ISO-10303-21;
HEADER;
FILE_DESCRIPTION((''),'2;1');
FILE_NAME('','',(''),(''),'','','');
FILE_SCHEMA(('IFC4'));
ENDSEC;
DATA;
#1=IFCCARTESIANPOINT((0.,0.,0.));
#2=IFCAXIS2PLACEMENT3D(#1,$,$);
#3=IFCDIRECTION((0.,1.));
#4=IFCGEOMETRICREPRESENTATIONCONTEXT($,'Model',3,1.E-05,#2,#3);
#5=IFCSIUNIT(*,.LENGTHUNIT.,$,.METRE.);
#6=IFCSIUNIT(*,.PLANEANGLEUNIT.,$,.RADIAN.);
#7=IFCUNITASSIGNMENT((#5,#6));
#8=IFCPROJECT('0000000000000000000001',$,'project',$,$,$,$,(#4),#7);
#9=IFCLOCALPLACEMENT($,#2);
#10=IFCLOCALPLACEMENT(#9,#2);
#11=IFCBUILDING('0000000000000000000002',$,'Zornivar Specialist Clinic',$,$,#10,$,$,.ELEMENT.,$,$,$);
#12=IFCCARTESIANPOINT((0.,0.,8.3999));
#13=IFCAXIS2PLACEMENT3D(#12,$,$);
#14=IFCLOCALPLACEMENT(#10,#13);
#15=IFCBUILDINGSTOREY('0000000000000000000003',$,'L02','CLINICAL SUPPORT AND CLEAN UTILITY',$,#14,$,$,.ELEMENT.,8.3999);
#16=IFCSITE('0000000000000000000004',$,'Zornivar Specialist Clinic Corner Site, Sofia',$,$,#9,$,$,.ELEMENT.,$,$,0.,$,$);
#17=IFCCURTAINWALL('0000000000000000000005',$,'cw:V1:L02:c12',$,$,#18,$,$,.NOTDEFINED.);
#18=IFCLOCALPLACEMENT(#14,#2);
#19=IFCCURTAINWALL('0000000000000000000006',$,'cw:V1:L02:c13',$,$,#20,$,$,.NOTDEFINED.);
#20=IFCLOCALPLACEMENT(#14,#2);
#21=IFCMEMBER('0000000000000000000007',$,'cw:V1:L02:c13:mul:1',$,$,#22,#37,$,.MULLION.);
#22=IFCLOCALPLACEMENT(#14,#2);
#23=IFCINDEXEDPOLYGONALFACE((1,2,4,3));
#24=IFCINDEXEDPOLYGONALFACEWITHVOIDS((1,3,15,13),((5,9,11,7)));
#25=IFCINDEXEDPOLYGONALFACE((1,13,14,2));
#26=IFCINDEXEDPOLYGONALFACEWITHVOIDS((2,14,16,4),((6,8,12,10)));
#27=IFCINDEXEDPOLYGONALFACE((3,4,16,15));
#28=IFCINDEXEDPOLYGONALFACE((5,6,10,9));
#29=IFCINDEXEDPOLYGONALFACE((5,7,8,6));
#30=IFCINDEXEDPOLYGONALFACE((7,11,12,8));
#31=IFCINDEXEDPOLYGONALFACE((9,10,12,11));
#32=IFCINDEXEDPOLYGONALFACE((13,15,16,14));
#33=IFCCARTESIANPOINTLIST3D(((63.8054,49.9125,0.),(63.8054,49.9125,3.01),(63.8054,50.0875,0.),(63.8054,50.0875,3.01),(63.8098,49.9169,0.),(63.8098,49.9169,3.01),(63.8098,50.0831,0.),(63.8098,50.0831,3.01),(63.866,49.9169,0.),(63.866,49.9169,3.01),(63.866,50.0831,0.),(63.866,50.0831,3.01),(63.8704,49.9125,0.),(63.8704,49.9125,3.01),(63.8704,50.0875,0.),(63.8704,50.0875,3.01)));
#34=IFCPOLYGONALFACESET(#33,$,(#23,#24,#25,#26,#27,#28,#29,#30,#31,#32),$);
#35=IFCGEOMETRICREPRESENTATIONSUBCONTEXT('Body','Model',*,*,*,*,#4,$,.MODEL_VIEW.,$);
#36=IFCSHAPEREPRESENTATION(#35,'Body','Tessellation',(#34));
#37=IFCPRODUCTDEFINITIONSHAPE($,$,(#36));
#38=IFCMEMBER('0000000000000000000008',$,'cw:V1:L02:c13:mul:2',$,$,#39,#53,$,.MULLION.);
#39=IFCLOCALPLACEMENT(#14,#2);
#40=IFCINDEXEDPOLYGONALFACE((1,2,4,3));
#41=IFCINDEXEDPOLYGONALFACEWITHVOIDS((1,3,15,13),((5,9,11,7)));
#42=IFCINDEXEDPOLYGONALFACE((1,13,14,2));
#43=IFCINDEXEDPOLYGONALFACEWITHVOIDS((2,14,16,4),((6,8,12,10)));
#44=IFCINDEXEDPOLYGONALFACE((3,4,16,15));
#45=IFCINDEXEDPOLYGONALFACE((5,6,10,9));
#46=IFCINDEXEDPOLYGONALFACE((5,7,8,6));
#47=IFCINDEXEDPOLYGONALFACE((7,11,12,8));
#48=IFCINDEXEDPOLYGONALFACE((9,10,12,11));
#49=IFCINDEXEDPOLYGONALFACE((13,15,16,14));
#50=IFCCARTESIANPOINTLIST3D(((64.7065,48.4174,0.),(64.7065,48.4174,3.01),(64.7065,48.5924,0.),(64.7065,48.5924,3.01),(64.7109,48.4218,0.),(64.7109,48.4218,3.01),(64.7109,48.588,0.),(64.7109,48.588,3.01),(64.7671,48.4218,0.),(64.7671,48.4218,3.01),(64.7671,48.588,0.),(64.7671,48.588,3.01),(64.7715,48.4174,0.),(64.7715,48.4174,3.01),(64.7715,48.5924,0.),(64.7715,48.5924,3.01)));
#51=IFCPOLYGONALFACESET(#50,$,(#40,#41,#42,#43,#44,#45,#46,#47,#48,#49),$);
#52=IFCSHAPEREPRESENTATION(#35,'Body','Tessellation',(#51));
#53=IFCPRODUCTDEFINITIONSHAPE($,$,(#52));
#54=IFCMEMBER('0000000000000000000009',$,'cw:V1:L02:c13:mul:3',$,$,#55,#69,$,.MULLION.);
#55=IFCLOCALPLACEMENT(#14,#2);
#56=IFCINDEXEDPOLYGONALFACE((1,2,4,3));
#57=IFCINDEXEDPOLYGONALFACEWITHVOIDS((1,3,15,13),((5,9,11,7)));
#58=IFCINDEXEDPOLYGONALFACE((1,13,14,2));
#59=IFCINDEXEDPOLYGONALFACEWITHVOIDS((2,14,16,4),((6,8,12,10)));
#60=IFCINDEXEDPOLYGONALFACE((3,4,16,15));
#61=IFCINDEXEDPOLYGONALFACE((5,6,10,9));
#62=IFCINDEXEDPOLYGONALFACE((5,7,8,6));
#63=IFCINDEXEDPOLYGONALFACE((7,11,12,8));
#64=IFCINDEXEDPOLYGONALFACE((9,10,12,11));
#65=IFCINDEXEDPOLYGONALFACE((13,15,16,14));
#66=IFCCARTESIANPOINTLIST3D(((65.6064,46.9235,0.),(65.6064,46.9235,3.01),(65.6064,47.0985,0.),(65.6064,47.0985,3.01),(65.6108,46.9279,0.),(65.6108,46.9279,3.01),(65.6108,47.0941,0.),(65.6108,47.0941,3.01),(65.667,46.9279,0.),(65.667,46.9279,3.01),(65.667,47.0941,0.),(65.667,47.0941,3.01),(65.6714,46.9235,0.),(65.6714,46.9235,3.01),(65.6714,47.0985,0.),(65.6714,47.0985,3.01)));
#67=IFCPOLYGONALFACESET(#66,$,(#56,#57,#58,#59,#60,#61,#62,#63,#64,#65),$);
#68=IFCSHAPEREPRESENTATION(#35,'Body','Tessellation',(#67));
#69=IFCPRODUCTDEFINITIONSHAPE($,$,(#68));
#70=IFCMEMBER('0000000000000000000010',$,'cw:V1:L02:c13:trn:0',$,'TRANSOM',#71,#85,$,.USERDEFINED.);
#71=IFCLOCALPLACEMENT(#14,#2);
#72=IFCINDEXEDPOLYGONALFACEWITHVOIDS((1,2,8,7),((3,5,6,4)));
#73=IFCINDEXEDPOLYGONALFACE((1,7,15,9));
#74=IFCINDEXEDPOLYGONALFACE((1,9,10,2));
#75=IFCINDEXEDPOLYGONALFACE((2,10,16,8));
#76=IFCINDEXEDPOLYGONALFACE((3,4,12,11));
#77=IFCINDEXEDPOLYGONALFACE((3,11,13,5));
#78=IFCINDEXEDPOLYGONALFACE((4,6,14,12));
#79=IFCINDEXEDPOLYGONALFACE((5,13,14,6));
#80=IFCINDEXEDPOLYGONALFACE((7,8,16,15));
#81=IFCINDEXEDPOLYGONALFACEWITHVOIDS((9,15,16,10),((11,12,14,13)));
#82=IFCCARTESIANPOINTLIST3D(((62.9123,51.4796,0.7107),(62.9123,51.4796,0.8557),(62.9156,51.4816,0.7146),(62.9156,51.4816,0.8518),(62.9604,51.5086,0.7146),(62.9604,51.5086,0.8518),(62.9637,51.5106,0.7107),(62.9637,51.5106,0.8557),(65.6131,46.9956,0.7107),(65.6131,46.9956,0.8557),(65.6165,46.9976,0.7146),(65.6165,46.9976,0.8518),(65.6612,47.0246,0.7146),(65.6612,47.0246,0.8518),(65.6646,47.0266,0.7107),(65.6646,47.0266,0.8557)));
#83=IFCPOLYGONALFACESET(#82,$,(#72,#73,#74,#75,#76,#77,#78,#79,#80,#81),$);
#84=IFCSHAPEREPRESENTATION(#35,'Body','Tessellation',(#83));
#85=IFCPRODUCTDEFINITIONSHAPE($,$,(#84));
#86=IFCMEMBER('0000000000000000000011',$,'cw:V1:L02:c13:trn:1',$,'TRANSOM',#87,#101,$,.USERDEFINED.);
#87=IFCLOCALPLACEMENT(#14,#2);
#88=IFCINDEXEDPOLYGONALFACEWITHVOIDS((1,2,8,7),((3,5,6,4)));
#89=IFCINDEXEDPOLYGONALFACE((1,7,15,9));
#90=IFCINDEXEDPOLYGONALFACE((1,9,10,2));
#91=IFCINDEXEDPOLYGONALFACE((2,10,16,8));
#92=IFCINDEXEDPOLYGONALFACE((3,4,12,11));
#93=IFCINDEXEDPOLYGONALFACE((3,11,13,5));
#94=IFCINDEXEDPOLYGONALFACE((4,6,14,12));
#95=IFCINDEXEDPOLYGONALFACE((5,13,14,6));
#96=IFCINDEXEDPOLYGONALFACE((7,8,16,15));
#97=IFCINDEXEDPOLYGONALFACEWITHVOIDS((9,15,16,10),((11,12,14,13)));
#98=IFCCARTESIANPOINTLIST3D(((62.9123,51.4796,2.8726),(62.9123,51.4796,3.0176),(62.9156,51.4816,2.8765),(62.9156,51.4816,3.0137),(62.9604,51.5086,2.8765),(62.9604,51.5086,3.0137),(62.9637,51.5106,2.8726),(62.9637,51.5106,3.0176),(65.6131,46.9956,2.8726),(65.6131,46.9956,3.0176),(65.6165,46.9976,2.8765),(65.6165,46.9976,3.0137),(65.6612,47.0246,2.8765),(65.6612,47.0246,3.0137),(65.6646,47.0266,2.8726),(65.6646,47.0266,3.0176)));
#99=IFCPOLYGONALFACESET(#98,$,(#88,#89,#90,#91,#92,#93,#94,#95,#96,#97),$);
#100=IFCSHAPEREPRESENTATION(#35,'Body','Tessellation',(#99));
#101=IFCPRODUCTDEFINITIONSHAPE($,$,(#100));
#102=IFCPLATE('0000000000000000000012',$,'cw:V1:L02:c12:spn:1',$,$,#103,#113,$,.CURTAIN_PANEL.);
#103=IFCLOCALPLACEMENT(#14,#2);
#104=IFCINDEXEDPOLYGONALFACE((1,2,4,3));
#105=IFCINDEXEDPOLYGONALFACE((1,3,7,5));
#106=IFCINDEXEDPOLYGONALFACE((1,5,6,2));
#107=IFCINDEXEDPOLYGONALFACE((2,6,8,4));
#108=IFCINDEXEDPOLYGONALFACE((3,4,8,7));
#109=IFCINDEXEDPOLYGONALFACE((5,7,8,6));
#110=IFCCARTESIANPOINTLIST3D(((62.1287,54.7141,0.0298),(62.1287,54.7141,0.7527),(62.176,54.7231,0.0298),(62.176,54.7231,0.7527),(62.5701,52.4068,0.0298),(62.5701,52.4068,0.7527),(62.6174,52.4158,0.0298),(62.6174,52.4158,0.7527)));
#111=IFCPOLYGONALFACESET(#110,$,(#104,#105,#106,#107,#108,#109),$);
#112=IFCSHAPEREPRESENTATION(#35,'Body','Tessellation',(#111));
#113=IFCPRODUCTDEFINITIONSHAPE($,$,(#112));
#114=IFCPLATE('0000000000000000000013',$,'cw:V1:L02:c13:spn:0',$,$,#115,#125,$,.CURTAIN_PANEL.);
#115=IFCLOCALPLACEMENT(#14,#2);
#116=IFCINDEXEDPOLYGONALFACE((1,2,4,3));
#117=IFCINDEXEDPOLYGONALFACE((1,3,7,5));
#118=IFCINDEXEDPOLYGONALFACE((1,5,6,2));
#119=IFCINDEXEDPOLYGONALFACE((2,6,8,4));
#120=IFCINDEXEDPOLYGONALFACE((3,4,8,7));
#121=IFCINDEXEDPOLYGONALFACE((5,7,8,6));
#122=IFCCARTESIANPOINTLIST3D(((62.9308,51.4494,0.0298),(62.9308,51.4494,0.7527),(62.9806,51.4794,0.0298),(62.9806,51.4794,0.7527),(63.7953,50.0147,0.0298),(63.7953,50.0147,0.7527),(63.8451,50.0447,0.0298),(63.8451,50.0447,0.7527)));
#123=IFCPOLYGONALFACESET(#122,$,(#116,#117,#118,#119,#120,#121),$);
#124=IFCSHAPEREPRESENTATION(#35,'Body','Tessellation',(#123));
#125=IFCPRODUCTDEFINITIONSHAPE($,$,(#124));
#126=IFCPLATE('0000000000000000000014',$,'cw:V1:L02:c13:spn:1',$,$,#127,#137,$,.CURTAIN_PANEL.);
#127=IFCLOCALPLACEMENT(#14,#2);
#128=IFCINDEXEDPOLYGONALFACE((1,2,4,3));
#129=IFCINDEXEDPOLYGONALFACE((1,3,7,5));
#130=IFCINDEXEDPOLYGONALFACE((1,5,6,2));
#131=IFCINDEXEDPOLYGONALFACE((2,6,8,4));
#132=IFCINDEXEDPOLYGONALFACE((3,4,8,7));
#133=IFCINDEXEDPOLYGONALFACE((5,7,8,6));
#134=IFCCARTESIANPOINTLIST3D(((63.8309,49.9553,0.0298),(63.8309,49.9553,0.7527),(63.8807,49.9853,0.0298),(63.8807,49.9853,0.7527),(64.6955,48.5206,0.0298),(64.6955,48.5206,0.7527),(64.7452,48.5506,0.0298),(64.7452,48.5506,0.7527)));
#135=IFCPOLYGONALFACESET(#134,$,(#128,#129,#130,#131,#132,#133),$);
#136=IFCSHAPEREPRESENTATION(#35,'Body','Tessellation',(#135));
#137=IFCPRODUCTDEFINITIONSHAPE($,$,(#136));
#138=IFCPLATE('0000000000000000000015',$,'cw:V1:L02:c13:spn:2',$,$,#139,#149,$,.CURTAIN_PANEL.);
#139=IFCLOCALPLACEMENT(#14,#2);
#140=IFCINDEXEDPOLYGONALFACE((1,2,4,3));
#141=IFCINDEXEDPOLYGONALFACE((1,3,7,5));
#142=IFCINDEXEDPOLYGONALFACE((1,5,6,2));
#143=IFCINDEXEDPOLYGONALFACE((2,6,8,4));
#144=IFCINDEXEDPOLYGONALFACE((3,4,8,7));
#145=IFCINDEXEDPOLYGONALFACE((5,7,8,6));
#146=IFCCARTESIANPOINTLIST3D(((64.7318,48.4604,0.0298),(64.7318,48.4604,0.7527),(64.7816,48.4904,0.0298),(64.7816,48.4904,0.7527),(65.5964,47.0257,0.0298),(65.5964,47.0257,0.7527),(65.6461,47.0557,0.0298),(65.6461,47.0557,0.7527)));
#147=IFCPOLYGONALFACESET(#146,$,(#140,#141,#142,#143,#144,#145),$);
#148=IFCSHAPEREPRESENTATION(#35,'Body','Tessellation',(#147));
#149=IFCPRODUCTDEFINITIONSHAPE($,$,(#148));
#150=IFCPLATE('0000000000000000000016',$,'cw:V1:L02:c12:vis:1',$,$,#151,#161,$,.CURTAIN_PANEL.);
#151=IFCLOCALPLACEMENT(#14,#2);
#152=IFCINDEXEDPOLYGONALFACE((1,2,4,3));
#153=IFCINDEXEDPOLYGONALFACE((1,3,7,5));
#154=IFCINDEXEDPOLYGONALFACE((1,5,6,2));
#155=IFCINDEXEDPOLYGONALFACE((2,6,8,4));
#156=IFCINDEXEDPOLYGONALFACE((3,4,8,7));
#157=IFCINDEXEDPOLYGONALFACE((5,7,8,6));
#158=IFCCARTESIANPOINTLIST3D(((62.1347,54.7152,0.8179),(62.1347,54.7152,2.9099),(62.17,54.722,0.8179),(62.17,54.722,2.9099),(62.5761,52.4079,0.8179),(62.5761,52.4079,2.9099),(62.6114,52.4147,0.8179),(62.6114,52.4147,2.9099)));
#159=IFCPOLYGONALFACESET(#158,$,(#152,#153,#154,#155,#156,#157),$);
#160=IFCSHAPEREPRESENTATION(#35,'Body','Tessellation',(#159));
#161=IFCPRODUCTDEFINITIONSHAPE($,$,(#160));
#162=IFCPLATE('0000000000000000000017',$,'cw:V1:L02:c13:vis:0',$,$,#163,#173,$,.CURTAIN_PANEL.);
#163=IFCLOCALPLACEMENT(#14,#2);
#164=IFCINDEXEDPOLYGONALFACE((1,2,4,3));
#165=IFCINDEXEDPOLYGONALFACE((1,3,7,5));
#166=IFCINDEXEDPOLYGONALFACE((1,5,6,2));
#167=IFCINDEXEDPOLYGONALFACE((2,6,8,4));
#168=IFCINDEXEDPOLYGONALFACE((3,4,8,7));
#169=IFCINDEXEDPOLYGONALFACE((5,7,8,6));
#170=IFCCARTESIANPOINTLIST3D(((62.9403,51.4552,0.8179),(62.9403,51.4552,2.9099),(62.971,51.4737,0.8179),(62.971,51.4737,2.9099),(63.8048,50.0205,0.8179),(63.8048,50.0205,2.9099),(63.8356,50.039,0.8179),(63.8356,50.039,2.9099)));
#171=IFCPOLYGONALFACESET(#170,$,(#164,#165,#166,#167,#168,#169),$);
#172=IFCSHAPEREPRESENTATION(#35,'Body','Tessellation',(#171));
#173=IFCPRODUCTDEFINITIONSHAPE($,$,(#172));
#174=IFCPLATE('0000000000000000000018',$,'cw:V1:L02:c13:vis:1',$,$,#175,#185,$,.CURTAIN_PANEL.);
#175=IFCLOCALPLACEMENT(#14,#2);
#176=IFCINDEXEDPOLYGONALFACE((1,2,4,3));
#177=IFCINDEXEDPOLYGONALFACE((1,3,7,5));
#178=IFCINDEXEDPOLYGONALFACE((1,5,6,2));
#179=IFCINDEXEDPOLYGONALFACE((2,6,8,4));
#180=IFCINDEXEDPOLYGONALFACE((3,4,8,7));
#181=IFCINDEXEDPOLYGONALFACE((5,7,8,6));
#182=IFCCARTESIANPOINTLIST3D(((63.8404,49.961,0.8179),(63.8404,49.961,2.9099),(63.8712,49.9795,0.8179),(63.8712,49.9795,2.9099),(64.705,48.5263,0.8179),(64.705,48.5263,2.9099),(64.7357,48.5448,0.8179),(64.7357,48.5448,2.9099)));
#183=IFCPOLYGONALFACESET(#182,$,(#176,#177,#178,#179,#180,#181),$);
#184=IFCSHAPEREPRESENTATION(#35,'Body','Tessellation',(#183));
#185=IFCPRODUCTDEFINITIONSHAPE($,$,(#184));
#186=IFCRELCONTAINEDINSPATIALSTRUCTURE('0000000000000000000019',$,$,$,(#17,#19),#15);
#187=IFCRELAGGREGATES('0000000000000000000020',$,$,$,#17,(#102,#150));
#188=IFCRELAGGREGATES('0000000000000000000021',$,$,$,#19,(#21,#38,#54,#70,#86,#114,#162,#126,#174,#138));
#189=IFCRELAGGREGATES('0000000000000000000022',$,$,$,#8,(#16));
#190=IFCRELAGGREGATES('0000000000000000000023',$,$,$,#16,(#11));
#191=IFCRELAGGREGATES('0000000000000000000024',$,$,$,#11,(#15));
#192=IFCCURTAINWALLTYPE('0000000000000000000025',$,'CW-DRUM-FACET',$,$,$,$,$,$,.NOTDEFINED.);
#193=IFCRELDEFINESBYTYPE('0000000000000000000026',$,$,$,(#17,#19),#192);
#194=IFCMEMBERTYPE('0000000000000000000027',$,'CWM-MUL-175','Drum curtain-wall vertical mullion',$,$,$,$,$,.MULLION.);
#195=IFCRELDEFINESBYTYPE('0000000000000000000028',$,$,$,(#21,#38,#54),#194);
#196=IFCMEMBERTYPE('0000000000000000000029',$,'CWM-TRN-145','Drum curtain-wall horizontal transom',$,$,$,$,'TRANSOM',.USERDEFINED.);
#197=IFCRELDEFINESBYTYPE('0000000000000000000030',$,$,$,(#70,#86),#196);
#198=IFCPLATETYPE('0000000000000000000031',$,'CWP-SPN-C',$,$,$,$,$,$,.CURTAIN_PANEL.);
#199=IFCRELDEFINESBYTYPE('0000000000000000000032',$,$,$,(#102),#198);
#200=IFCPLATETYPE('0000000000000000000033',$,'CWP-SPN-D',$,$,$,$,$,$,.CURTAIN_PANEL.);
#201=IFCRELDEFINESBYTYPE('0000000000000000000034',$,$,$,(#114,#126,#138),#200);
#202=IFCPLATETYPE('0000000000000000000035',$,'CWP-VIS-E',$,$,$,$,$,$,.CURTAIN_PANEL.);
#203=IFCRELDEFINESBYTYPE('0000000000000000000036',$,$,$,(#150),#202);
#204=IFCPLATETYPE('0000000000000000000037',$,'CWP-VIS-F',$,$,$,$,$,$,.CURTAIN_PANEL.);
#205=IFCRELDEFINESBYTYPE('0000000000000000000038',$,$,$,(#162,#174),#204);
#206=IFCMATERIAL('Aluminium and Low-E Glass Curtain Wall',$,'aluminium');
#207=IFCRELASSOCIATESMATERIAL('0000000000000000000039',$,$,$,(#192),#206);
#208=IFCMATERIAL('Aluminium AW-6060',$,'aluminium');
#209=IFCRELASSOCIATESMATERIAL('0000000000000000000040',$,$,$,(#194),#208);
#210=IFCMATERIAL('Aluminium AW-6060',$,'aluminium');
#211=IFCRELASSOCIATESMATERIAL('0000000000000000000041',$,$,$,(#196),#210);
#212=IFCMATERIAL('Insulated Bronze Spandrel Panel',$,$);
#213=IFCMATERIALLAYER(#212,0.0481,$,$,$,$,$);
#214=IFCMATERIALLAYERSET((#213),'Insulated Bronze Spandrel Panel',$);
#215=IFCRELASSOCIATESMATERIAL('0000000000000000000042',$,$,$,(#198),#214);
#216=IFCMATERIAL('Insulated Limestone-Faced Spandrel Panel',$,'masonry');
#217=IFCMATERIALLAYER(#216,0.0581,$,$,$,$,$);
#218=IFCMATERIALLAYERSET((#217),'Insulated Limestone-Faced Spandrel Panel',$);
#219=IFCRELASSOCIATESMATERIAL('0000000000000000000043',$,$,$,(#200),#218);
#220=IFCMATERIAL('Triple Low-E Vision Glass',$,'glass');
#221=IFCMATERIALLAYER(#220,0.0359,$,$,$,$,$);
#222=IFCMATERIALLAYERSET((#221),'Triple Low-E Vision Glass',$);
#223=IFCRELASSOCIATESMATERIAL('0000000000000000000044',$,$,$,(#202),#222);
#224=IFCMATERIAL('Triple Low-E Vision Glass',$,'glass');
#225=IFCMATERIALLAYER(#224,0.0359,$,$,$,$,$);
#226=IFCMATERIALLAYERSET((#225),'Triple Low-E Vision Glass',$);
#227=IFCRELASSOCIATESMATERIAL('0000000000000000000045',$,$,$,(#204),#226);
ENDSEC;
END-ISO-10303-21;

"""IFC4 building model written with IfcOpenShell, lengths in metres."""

from ifc_helpers import new_model, si_unit, direction, frame, origin, origin_2d, place, context, subcontext, project, spatial, rectangle, hollow_rectangle, extrude, material, layer, layer_set, material_profile, profile_set, type_object, element, aggregate, save


model = new_model("IFC4")

# Units and contexts
model_context = context("Model", 3, precision=1e-05, world=origin(), true_north=direction((0.0, 1.0)))
body_context = subcontext(model_context, "Body", "Model", "MODEL_VIEW")
ifc_project = project(units=[si_unit("LENGTHUNIT", "METRE"), si_unit("PLANEANGLEUNIT", "RADIAN")], contexts=[model_context])

# Site, building, storey
site_placement = place(None, origin())
site = spatial("IfcSite", under=ifc_project, at=site_placement, Name="Zornivar Specialist Clinic Corner Site, Sofia", CompositionType="ELEMENT", RefElevation=0.0)
building_placement = place(site_placement, origin())
building = spatial("IfcBuilding", under=site, at=building_placement, Name="Zornivar Specialist Clinic", CompositionType="ELEMENT")
storey_placement = place(building_placement, frame((0.0, 0.0, 8.3999)))
storey = spatial("IfcBuildingStorey", under=building, at=storey_placement, Name="L02", Description="CLINICAL SUPPORT AND CLEAN UTILITY", CompositionType="ELEMENT", Elevation=8.3999)

# Curtain wall
ifc_material_1 = material(Name="Aluminium and Low-E Glass Curtain Wall", Category="aluminium")
curtain_wall_type = type_object("IfcCurtainWallType", Name="CW-DRUM-FACET", PredefinedType="NOTDEFINED", material=ifc_material_1)
curtain_wall_1_placement = place(storey_placement, origin())
curtain_wall_1 = element("IfcCurtainWall", 1, at=curtain_wall_1_placement, inside=storey, type_object=curtain_wall_type, Name="cw:V1:L02:c12", PredefinedType="NOTDEFINED")
ifc_material_2 = material(Name="Aluminium AW-6060", Category="aluminium")
ifc_material_profile_1 = material_profile(ifc_material_2, hollow_rectangle(XDim=0.0649, YDim=0.175, WallThickness=0.0044, at=origin_2d()), Name="ALU 65x175x4.5")
ifc_profile_set_1 = profile_set([ifc_material_profile_1], Name="Aluminium AW-6060")
member_type_1 = type_object("IfcMemberType", Name="CWM-MUL-175", Description="Drum curtain-wall vertical mullion", PredefinedType="MULLION", material=ifc_profile_set_1)

# Curtain wall, members
curtain_wall_2_placement = place(storey_placement, origin())
curtain_wall_2 = element("IfcCurtainWall", 2, at=curtain_wall_2_placement, inside=storey, type_object=curtain_wall_type, Name="cw:V1:L02:c13", PredefinedType="NOTDEFINED")
member_1_placement = place(storey_placement, frame((63.8379, 50.0, 0.0), z_axis=(0.0, 0.0, 1.0), x_axis=(1.0, 0.0, 0.0)))
member_1 = element("IfcMember", 3, at=member_1_placement, type_object=member_type_1, Name="cw:V1:L02:c13:mul:1", PredefinedType="MULLION", context=body_context, shape_type="SweptSolid", body=[
    extrude(hollow_rectangle(XDim=0.0649, YDim=0.175, WallThickness=0.0044, at=origin_2d()), origin(), (0.0, 0.0, 1.0), 3.01),
])
member_2_placement = place(storey_placement, frame((64.739, 48.5049, 0.0), z_axis=(0.0, 0.0, 1.0), x_axis=(1.0, 0.0, 0.0)))
member_2 = element("IfcMember", 4, at=member_2_placement, type_object=member_type_1, Name="cw:V1:L02:c13:mul:2", PredefinedType="MULLION", context=body_context, shape_type="SweptSolid", body=[
    extrude(hollow_rectangle(XDim=0.0649, YDim=0.175, WallThickness=0.0044, at=origin_2d()), origin(), (0.0, 0.0, 1.0), 3.01),
])
member_3_placement = place(storey_placement, frame((65.6389, 47.011, 0.0), z_axis=(0.0, 0.0, 1.0), x_axis=(1.0, 0.0, 0.0)))
member_3 = element("IfcMember", 5, at=member_3_placement, type_object=member_type_1, Name="cw:V1:L02:c13:mul:3", PredefinedType="MULLION", context=body_context, shape_type="SweptSolid", body=[
    extrude(hollow_rectangle(XDim=0.0649, YDim=0.175, WallThickness=0.0044, at=origin_2d()), origin(), (0.0, 0.0, 1.0), 3.01),
])
ifc_material_3 = material(Name="Aluminium AW-6060", Category="aluminium")
ifc_material_profile_2 = material_profile(ifc_material_3, hollow_rectangle(XDim=0.0601, YDim=0.145, WallThickness=0.0039, at=origin_2d()), Name="ALU 60x145x4")
ifc_profile_set_2 = profile_set([ifc_material_profile_2], Name="Aluminium AW-6060")
member_type_2 = type_object("IfcMemberType", Name="CWM-TRN-145", Description="Drum curtain-wall horizontal transom", ElementType="TRANSOM", PredefinedType="USERDEFINED", material=ifc_profile_set_2)
member_4_placement = place(storey_placement, frame((62.938, 51.4951, 0.7832), z_axis=(0.515963, -0.856611, 0.0), x_axis=(0.856611, 0.515963, 0.0)))
member_4 = element("IfcMember", 6, at=member_4_placement, type_object=member_type_2, Name="cw:V1:L02:c13:trn:0", ObjectType="TRANSOM", PredefinedType="USERDEFINED", context=body_context, shape_type="SweptSolid", body=[
    extrude(hollow_rectangle(XDim=0.0601, YDim=0.145, WallThickness=0.0039, at=origin_2d()), origin(), (0.0, 0.0, 1.0), 5.2346),
])
member_5_placement = place(storey_placement, frame((62.938, 51.4951, 2.9451), z_axis=(0.515963, -0.856611, 0.0), x_axis=(0.856611, 0.515963, 0.0)))
member_5 = element("IfcMember", 7, at=member_5_placement, type_object=member_type_2, Name="cw:V1:L02:c13:trn:1", ObjectType="TRANSOM", PredefinedType="USERDEFINED", context=body_context, shape_type="SweptSolid", body=[
    extrude(hollow_rectangle(XDim=0.0601, YDim=0.145, WallThickness=0.0039, at=origin_2d()), origin(), (0.0, 0.0, 1.0), 5.2346),
])

# Plates
ifc_material_4 = material(Name="Insulated Bronze Spandrel Panel")
ifc_layer_1 = layer(ifc_material_4, 0.0481)
ifc_layer_set_1 = layer_set([ifc_layer_1], Name="Insulated Bronze Spandrel Panel")
plate_type_1 = type_object("IfcPlateType", Name="CWP-SPN-C", PredefinedType="CURTAIN_PANEL", material=ifc_layer_set_1)
plate_1_placement = place(storey_placement, frame((62.373, 53.5649, 0.0298), z_axis=(0.0, 0.0, 1.0), x_axis=(0.187897, -0.982189, 0.0)))
plate_1 = element("IfcPlate", 8, at=plate_1_placement, type_object=plate_type_1, Name="cw:V1:L02:c12:spn:1", PredefinedType="CURTAIN_PANEL", context=body_context, shape_type="SweptSolid", body=[
    extrude(rectangle(XDim=2.3491, YDim=0.0481, at=origin_2d()), origin(), (0.0, 0.0, 1.0), 0.7229),
])
ifc_material_5 = material(Name="Insulated Limestone-Faced Spandrel Panel", Category="masonry")
ifc_layer_2 = layer(ifc_material_5, 0.0581)
ifc_layer_set_2 = layer_set([ifc_layer_2], Name="Insulated Limestone-Faced Spandrel Panel")
plate_type_2 = type_object("IfcPlateType", Name="CWP-SPN-D", PredefinedType="CURTAIN_PANEL", material=ifc_layer_set_2)
plate_2_placement = place(storey_placement, frame((63.3879, 50.7471, 0.0298), z_axis=(0.0, 0.0, 1.0), x_axis=(0.516127, -0.856512, 0.0)))
plate_2 = element("IfcPlate", 9, at=plate_2_placement, type_object=plate_type_2, Name="cw:V1:L02:c13:spn:0", PredefinedType="CURTAIN_PANEL", context=body_context, shape_type="SweptSolid", body=[
    extrude(rectangle(XDim=1.675, YDim=0.0581, at=origin_2d()), origin(), (0.0, 0.0, 1.0), 0.7229),
])
plate_3_placement = place(storey_placement, frame((64.2881, 49.2529, 0.0298), z_axis=(0.0, 0.0, 1.0), x_axis=(0.516127, -0.856512, 0.0)))
plate_3 = element("IfcPlate", 10, at=plate_3_placement, type_object=plate_type_2, Name="cw:V1:L02:c13:spn:1", PredefinedType="CURTAIN_PANEL", context=body_context, shape_type="SweptSolid", body=[
    extrude(rectangle(XDim=1.675, YDim=0.0581, at=origin_2d()), origin(), (0.0, 0.0, 1.0), 0.7229),
])
plate_4_placement = place(storey_placement, frame((65.189, 47.7581, 0.0298), z_axis=(0.0, 0.0, 1.0), x_axis=(0.516127, -0.856512, 0.0)))
plate_4 = element("IfcPlate", 11, at=plate_4_placement, type_object=plate_type_2, Name="cw:V1:L02:c13:spn:2", PredefinedType="CURTAIN_PANEL", context=body_context, shape_type="SweptSolid", body=[
    extrude(rectangle(XDim=1.675, YDim=0.0581, at=origin_2d()), origin(), (0.0, 0.0, 1.0), 0.7229),
])
ifc_material_6 = material(Name="Triple Low-E Vision Glass", Category="glass")
ifc_layer_3 = layer(ifc_material_6, 0.0359)
ifc_layer_set_3 = layer_set([ifc_layer_3], Name="Triple Low-E Vision Glass")
plate_type_3 = type_object("IfcPlateType", Name="CWP-VIS-E", PredefinedType="CURTAIN_PANEL", material=ifc_layer_set_3)
plate_5_placement = place(storey_placement, frame((62.373, 53.5649, 0.8179), z_axis=(0.0, 0.0, 1.0), x_axis=(0.187897, -0.982189, 0.0)))
plate_5 = element("IfcPlate", 12, at=plate_5_placement, type_object=plate_type_3, Name="cw:V1:L02:c12:vis:1", PredefinedType="CURTAIN_PANEL", context=body_context, shape_type="SweptSolid", body=[
    extrude(rectangle(XDim=2.3491, YDim=0.0359, at=origin_2d()), origin(), (0.0, 0.0, 1.0), 2.092),
])
aggregate(curtain_wall_1, [plate_1, plate_5])
ifc_material_7 = material(Name="Triple Low-E Vision Glass", Category="glass")
ifc_layer_4 = layer(ifc_material_7, 0.0359)
ifc_layer_set_4 = layer_set([ifc_layer_4], Name="Triple Low-E Vision Glass")
plate_type_4 = type_object("IfcPlateType", Name="CWP-VIS-F", PredefinedType="CURTAIN_PANEL", material=ifc_layer_set_4)
plate_6_placement = place(storey_placement, frame((63.3879, 50.7471, 0.8179), z_axis=(0.0, 0.0, 1.0), x_axis=(0.516127, -0.856512, 0.0)))
plate_6 = element("IfcPlate", 13, at=plate_6_placement, type_object=plate_type_4, Name="cw:V1:L02:c13:vis:0", PredefinedType="CURTAIN_PANEL", context=body_context, shape_type="SweptSolid", body=[
    extrude(rectangle(XDim=1.675, YDim=0.0359, at=origin_2d()), origin(), (0.0, 0.0, 1.0), 2.092),
])
plate_7_placement = place(storey_placement, frame((64.2881, 49.2529, 0.8179), z_axis=(0.0, 0.0, 1.0), x_axis=(0.516127, -0.856512, 0.0)))
plate_7 = element("IfcPlate", 14, at=plate_7_placement, type_object=plate_type_4, Name="cw:V1:L02:c13:vis:1", PredefinedType="CURTAIN_PANEL", context=body_context, shape_type="SweptSolid", body=[
    extrude(rectangle(XDim=1.675, YDim=0.0359, at=origin_2d()), origin(), (0.0, 0.0, 1.0), 2.092),
])
aggregate(curtain_wall_2, [member_1, member_2, member_3, member_4, member_5, plate_2, plate_6, plate_3, plate_7, plate_4])

save(model, "model.ifc")
